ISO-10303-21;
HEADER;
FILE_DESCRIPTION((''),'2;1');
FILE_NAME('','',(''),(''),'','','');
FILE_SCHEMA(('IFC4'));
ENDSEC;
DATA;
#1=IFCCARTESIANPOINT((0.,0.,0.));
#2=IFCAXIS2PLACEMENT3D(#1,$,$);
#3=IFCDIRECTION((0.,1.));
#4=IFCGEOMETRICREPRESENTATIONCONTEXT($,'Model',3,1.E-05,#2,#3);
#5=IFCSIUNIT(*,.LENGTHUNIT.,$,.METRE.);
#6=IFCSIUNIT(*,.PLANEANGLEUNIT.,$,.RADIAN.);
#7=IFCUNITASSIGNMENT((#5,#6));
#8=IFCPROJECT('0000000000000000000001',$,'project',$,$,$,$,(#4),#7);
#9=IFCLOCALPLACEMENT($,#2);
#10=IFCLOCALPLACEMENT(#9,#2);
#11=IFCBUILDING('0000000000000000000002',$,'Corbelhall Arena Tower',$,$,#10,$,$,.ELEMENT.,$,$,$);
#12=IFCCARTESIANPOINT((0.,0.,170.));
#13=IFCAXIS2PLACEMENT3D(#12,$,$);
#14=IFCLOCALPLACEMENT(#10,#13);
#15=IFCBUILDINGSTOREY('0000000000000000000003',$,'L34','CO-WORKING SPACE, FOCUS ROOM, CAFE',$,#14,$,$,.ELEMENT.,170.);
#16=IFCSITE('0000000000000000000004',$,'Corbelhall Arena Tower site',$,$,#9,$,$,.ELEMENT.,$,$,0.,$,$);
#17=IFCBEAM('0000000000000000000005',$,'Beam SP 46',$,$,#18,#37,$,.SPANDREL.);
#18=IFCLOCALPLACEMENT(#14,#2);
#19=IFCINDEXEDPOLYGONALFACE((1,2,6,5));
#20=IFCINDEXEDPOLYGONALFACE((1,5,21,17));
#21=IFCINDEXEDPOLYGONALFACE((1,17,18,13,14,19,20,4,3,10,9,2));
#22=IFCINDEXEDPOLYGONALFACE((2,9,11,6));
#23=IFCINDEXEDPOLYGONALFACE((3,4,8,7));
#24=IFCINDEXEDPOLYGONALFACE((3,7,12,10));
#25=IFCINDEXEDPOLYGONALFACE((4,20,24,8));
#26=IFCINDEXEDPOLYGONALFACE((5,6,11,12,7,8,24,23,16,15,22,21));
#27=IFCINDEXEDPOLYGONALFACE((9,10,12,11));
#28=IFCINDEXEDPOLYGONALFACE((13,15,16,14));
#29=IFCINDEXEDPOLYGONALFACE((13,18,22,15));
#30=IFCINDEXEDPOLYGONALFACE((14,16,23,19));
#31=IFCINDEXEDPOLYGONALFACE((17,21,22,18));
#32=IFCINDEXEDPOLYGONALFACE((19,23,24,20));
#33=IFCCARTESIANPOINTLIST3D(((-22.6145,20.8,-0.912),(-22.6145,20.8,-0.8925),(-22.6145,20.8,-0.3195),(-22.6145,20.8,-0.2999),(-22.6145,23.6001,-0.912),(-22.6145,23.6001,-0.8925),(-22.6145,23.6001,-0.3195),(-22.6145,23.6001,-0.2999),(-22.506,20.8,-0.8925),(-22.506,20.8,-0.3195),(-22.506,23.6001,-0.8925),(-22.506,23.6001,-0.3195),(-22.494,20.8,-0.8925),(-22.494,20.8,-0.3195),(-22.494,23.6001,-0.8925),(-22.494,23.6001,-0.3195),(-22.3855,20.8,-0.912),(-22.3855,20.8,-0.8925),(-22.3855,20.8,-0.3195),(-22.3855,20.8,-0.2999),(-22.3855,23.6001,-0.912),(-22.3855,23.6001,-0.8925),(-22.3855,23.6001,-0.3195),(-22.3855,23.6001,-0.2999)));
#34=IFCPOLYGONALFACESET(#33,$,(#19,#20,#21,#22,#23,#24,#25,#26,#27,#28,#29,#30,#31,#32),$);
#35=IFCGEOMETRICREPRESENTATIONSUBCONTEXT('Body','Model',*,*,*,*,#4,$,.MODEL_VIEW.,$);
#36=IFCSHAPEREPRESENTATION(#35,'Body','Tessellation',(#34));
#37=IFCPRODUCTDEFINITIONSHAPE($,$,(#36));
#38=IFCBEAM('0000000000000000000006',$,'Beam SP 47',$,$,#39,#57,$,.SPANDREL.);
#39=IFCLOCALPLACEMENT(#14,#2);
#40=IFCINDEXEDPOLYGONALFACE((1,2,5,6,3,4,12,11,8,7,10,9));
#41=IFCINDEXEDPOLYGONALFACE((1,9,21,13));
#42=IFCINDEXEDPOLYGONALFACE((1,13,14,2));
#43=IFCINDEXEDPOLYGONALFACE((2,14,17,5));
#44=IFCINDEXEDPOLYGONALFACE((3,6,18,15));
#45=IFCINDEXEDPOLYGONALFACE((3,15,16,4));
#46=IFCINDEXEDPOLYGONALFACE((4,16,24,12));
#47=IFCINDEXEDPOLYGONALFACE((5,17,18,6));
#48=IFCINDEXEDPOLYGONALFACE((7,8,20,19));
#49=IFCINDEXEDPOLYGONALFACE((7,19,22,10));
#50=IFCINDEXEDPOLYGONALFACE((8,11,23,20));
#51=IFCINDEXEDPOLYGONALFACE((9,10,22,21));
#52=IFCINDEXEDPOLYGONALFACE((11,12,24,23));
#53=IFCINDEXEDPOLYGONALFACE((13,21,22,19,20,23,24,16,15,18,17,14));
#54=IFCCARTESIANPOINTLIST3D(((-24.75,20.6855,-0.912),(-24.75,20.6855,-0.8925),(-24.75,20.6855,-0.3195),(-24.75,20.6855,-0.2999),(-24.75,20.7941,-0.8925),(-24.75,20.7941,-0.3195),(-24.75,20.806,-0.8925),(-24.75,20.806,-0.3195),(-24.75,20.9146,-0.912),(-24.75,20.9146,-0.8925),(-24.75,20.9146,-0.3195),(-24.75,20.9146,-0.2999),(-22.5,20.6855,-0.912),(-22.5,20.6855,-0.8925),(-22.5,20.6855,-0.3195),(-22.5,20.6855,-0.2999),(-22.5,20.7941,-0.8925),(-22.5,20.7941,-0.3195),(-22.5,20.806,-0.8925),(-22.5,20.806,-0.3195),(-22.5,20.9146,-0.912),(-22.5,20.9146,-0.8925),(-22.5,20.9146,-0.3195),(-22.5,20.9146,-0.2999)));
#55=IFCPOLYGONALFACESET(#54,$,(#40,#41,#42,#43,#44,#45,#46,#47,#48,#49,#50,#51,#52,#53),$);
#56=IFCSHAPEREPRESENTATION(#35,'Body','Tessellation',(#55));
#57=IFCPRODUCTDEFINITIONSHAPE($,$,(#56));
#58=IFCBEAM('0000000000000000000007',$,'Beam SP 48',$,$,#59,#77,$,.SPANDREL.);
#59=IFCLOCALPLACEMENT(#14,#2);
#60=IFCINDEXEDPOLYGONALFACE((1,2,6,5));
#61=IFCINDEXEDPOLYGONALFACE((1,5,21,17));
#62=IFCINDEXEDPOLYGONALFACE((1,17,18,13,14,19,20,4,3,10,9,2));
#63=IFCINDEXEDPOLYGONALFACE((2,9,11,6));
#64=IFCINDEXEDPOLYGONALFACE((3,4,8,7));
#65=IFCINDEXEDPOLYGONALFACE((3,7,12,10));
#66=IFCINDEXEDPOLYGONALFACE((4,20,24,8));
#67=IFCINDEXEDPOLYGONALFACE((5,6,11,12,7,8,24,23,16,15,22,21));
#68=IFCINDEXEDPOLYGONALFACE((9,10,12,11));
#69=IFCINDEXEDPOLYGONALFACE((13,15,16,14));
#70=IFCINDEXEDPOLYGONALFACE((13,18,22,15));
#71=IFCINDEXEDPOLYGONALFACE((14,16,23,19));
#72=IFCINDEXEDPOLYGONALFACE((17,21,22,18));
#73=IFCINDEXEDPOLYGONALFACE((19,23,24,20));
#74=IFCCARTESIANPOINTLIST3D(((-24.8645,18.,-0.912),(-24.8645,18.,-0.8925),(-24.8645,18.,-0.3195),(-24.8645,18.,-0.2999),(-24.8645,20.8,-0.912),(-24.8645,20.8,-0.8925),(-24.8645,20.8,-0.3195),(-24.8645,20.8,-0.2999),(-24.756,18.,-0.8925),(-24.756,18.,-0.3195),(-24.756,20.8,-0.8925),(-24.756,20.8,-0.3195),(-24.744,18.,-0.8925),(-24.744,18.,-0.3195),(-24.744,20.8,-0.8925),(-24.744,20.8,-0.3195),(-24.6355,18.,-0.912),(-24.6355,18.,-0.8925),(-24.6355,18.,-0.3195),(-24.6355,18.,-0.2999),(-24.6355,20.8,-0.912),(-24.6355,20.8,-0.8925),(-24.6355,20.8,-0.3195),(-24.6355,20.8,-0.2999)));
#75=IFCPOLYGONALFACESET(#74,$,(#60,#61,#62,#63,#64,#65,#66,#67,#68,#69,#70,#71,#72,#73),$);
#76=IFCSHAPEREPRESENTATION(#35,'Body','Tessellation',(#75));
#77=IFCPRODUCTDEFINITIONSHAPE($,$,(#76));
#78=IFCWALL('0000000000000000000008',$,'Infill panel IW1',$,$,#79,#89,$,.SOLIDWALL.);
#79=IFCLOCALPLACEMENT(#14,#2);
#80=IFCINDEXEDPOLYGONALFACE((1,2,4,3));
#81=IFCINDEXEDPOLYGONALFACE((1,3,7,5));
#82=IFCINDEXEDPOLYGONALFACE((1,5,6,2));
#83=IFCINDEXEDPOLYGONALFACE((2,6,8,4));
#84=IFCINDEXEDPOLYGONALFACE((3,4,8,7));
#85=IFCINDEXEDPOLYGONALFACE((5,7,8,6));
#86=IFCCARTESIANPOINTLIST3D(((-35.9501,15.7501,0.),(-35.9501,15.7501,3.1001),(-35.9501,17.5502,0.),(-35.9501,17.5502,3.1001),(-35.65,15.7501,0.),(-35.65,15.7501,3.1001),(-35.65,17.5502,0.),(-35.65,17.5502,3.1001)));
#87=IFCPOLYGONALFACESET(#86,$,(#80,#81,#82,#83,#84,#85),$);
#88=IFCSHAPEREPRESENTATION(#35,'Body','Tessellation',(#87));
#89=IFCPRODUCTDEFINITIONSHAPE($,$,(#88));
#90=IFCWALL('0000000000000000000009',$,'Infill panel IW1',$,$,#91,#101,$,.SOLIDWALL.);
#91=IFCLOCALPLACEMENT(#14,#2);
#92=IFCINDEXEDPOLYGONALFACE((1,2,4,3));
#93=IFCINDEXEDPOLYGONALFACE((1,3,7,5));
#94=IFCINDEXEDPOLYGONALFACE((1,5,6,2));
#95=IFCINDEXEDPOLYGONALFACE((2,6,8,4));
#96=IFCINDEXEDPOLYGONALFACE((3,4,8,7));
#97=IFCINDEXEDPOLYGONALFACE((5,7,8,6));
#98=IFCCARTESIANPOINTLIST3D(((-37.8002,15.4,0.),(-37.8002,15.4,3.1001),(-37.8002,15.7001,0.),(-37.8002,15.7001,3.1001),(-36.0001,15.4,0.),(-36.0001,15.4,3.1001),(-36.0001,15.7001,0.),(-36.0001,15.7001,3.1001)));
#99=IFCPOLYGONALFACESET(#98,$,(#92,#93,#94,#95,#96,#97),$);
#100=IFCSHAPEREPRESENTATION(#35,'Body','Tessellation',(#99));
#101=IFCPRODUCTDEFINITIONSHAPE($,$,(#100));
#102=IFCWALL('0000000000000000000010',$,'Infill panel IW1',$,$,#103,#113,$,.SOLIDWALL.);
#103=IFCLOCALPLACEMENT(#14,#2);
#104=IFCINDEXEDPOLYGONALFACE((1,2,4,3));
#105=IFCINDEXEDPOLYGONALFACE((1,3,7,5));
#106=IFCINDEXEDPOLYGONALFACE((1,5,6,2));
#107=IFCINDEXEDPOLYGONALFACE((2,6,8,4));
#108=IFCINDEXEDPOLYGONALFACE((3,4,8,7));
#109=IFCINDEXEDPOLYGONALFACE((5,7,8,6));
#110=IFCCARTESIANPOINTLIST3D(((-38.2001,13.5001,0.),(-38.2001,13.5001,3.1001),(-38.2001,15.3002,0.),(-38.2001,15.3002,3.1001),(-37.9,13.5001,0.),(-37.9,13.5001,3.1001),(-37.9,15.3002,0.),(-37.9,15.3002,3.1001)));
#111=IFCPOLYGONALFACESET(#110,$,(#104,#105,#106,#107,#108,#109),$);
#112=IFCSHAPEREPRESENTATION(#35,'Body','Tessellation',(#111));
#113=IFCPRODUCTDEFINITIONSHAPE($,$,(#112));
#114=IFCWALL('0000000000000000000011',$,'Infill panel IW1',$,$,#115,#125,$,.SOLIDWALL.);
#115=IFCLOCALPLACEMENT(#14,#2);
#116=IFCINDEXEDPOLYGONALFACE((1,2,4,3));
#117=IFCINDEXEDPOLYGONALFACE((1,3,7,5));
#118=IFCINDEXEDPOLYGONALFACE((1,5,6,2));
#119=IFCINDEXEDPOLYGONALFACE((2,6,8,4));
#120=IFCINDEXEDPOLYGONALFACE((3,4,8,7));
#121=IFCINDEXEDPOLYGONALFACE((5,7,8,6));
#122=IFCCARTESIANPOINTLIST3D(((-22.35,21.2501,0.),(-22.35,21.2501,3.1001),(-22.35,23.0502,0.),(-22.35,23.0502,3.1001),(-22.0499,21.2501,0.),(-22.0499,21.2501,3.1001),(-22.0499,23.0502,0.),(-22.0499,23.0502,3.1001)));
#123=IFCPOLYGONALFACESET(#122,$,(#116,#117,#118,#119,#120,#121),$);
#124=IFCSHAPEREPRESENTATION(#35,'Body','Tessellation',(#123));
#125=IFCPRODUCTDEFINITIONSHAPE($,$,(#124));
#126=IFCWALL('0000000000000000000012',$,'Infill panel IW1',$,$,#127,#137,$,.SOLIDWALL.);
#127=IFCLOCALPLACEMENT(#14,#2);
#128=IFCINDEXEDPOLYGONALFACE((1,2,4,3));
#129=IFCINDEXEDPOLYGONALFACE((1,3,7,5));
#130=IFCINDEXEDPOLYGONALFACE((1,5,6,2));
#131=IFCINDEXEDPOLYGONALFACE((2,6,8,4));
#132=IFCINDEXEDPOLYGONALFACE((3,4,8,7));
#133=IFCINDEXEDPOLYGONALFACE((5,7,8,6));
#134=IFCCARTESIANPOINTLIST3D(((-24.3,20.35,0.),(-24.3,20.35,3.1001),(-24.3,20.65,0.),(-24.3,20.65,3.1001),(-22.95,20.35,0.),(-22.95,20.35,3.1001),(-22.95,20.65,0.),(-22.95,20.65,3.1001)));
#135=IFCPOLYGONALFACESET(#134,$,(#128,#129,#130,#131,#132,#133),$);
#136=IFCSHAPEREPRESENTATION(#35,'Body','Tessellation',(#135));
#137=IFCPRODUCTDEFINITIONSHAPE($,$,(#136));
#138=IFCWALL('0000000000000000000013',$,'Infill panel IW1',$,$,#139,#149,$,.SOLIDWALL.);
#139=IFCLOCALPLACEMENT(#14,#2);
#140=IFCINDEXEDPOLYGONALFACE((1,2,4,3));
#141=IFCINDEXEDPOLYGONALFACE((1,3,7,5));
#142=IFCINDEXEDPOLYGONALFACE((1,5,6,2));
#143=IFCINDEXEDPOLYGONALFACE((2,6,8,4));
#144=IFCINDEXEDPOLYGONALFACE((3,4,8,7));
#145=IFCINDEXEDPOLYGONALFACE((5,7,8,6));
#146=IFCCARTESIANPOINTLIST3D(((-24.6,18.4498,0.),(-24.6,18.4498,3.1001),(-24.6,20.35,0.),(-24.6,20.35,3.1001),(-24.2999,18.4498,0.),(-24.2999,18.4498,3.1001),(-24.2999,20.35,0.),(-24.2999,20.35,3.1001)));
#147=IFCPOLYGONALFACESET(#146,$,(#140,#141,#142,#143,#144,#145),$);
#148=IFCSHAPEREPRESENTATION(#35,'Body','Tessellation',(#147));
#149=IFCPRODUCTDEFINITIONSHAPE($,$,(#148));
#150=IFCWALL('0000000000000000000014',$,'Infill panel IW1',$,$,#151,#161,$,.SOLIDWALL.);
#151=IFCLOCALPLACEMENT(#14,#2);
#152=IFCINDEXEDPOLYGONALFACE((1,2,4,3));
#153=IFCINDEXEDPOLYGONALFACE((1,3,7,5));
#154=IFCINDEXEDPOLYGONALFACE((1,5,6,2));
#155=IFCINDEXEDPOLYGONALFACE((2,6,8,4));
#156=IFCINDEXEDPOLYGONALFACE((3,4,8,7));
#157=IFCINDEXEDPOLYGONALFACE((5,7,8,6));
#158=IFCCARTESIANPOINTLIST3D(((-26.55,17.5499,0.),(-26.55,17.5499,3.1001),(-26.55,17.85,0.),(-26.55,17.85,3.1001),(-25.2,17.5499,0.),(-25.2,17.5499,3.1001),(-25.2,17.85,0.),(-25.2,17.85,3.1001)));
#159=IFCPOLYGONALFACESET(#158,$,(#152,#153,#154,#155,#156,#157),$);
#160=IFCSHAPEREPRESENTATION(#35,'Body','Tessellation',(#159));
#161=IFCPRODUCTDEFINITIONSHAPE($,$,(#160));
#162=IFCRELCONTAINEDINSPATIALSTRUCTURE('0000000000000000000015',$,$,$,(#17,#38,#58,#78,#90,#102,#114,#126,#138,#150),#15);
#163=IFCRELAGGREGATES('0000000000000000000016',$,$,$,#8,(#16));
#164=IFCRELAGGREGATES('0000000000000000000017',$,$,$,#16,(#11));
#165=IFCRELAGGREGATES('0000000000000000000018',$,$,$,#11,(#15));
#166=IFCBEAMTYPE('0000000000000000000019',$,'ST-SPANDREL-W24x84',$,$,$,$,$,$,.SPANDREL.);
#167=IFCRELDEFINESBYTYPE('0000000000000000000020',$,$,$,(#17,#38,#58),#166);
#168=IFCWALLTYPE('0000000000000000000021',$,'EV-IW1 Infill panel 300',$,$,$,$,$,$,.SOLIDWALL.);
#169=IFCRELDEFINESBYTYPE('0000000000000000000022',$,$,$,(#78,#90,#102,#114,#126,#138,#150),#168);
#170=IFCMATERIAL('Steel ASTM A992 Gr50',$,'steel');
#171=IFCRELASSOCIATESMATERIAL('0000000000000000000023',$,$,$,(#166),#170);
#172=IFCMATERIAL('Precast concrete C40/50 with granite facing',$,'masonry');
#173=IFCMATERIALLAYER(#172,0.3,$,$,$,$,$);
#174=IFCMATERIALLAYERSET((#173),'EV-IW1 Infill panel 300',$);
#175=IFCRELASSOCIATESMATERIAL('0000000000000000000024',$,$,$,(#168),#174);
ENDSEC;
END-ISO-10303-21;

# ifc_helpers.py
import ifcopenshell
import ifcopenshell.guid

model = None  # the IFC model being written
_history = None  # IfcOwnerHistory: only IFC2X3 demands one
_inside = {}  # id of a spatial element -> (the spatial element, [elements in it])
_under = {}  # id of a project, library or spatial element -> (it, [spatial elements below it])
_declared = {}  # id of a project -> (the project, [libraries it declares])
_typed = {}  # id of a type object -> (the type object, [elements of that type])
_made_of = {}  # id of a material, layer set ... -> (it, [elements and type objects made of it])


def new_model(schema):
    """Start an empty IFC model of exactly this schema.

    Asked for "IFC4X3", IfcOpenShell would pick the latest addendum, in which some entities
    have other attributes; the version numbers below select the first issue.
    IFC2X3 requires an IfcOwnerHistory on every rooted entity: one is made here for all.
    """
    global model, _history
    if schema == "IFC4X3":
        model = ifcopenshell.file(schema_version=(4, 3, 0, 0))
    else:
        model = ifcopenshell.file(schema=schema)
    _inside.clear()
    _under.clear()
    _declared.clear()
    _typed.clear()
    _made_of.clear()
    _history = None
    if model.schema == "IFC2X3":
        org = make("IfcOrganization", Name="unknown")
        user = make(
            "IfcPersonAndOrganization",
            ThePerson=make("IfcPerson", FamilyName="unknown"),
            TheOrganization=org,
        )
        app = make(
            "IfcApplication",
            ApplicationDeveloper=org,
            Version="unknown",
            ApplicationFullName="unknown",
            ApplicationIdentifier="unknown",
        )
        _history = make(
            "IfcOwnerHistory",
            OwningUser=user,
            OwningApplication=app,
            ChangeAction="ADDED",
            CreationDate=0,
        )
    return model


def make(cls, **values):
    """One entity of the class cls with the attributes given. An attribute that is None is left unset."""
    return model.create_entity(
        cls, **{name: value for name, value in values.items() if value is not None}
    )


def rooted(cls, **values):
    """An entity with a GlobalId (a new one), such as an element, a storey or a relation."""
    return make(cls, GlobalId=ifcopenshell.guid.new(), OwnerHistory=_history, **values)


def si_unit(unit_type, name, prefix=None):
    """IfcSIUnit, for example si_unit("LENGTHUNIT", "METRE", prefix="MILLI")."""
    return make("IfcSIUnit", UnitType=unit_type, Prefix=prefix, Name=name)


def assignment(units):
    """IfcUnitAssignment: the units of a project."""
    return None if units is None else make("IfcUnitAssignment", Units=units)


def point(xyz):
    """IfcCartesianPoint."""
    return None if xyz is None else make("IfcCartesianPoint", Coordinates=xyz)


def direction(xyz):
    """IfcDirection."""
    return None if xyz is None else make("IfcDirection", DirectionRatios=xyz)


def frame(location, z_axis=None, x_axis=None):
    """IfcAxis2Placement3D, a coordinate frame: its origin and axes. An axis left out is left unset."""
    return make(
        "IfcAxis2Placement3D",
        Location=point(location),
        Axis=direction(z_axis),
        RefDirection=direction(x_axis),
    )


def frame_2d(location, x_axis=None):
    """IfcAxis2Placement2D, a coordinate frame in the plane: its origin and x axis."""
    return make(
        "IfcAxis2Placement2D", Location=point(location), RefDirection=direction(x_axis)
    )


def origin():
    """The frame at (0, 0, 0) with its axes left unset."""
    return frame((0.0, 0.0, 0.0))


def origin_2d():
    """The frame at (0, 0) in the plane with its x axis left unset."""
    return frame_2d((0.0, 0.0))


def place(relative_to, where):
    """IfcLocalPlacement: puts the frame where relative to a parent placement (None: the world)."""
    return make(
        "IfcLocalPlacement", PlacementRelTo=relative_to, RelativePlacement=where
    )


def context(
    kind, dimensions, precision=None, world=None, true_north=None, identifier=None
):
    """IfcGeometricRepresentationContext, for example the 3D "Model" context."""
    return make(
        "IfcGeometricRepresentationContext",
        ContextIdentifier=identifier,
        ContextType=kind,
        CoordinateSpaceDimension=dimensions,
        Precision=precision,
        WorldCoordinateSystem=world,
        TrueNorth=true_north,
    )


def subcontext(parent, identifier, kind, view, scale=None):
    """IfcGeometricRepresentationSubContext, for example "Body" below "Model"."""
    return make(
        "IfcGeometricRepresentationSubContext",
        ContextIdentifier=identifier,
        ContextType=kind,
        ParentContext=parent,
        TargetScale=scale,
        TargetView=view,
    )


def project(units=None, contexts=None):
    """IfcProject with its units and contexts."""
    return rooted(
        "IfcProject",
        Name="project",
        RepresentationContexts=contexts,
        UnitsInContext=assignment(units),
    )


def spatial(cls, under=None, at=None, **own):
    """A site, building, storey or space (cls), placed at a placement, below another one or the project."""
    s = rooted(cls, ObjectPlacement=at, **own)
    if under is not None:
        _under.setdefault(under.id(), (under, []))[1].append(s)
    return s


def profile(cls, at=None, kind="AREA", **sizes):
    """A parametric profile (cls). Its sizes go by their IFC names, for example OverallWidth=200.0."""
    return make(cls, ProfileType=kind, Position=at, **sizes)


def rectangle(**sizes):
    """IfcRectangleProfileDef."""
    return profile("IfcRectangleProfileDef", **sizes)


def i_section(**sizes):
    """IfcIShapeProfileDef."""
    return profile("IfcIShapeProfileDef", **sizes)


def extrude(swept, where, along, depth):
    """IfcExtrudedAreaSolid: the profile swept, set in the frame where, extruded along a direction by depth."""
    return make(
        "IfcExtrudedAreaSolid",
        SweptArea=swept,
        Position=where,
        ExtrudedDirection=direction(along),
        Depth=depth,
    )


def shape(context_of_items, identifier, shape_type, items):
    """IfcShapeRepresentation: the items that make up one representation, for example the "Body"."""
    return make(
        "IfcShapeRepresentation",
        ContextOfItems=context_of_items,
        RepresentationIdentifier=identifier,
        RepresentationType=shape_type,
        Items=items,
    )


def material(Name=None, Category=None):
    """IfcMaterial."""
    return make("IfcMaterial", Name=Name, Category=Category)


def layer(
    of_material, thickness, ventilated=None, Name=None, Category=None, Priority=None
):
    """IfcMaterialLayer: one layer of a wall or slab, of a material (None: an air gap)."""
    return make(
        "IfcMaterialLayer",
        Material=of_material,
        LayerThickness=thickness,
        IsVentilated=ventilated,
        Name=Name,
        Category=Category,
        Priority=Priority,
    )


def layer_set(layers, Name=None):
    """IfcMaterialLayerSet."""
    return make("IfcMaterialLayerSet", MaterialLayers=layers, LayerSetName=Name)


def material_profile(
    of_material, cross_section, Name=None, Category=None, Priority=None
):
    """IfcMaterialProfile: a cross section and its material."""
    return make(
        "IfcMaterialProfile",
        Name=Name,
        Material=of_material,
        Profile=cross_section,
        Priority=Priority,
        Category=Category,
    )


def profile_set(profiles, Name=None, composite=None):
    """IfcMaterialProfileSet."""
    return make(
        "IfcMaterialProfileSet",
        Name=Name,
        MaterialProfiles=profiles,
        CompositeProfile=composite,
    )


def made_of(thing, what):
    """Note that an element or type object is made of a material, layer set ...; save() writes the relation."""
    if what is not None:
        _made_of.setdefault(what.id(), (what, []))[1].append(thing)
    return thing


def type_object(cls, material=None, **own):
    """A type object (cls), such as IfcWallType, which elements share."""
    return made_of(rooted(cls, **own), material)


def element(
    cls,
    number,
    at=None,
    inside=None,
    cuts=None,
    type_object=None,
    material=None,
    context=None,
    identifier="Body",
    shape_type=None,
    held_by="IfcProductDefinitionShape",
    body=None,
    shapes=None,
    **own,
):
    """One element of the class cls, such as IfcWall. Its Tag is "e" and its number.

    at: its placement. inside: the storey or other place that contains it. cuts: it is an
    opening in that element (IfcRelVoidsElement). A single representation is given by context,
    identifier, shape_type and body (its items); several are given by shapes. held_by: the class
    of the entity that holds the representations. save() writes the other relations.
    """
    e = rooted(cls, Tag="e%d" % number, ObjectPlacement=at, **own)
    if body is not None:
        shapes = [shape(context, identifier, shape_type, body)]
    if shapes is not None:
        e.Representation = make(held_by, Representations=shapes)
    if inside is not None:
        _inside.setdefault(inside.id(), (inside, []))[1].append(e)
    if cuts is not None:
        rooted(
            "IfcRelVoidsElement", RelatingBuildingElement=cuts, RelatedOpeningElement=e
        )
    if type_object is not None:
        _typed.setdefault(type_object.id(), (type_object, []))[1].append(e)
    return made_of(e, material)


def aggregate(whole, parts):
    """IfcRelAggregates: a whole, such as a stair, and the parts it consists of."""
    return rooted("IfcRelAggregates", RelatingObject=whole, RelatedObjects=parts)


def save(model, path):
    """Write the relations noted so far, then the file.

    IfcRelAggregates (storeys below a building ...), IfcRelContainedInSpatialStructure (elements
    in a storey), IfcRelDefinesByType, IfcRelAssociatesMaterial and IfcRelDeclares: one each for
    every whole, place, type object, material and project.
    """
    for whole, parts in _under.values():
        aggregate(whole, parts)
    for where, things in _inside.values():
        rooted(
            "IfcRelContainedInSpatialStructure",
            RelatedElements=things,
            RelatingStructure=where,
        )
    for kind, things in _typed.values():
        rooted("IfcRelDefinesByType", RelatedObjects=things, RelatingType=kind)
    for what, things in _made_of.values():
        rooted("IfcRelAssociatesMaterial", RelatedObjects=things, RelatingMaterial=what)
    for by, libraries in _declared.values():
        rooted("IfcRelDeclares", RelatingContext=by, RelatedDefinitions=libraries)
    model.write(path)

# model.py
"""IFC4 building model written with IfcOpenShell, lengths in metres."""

from ifc_helpers import new_model, si_unit, direction, frame, frame_2d, origin, origin_2d, place, context, subcontext, project, spatial, rectangle, i_section, extrude, material, layer, layer_set, material_profile, profile_set, type_object, element, save


model = new_model("IFC4")

# Units and contexts
model_context = context("Model", 3, precision=1e-05, world=origin(), true_north=direction((0.0, 1.0)))
body_context = subcontext(model_context, "Body", "Model", "MODEL_VIEW")
ifc_project = project(units=[si_unit("LENGTHUNIT", "METRE"), si_unit("PLANEANGLEUNIT", "RADIAN")], contexts=[model_context])

# Site, building, storey
site_placement = place(None, origin())
site = spatial("IfcSite", under=ifc_project, at=site_placement, Name="Corbelhall Arena Tower site", CompositionType="ELEMENT", RefElevation=0.0)
building_placement = place(site_placement, origin())
building = spatial("IfcBuilding", under=site, at=building_placement, Name="Corbelhall Arena Tower", CompositionType="ELEMENT")
storey_placement = place(building_placement, frame((0.0, 0.0, 170.0)))
storey = spatial("IfcBuildingStorey", under=building, at=storey_placement, Name="L34", Description="CO-WORKING SPACE, FOCUS ROOM, CAFE", CompositionType="ELEMENT", Elevation=170.0)

# Beams
ifc_material_1 = material(Name="Steel ASTM A992 Gr50", Category="steel")
ifc_material_profile_1 = material_profile(ifc_material_1, i_section(OverallWidth=0.229, OverallDepth=0.6121, WebThickness=0.012, FlangeThickness=0.0195, at=origin_2d()))
ifc_profile_set_1 = profile_set([ifc_material_profile_1], Name="Steel ASTM A992 Gr50")
beam_type = type_object("IfcBeamType", Name="ST-SPANDREL-W24x84", PredefinedType="SPANDREL", material=ifc_profile_set_1)
beam_1_placement = place(storey_placement, frame((-22.5, 20.8, -0.606), z_axis=(0.0, 1.0, 0.0), x_axis=(-1.0, 0.0, 0.0)))
element("IfcBeam", 1, at=beam_1_placement, inside=storey, type_object=beam_type, Name="Beam SP 46", PredefinedType="SPANDREL", context=body_context, shape_type="SweptSolid", body=[
    extrude(i_section(OverallWidth=0.229, OverallDepth=0.6121, WebThickness=0.012, FlangeThickness=0.0195, at=origin_2d()), origin(), (0.0, 0.0, 1.0), 2.8),
])
beam_2_placement = place(storey_placement, frame((-24.75, 20.8, -0.606), z_axis=(1.0, 0.0, 0.0), x_axis=(0.0, 1.0, 0.0)))
element("IfcBeam", 2, at=beam_2_placement, inside=storey, type_object=beam_type, Name="Beam SP 47", PredefinedType="SPANDREL", context=body_context, shape_type="SweptSolid", body=[
    extrude(i_section(OverallWidth=0.229, OverallDepth=0.6121, WebThickness=0.012, FlangeThickness=0.0195, at=origin_2d()), origin(), (0.0, 0.0, 1.0), 2.25),
])
beam_3_placement = place(storey_placement, frame((-24.75, 18.0, -0.606), z_axis=(0.0, 1.0, 0.0), x_axis=(-1.0, 0.0, 0.0)))
element("IfcBeam", 3, at=beam_3_placement, inside=storey, type_object=beam_type, Name="Beam SP 48", PredefinedType="SPANDREL", context=body_context, shape_type="SweptSolid", body=[
    extrude(i_section(OverallWidth=0.229, OverallDepth=0.6121, WebThickness=0.012, FlangeThickness=0.0195, at=origin_2d()), origin(), (0.0, 0.0, 1.0), 2.8),
])

# Walls
ifc_material_2 = material(Name="Precast concrete C40/50 with granite facing", Category="masonry")
ifc_layer_1 = layer(ifc_material_2, 0.3)
ifc_layer_set_1 = layer_set([ifc_layer_1], Name="EV-IW1 Infill panel 300")
wall_type_1 = type_object("IfcWallType", Name="EV-IW1 Infill panel 300", PredefinedType="SOLIDWALL", material=ifc_layer_set_1)
for number, where, z_axis, x_axis, name in (
    (4, (-35.8, 17.55, 0.0), (0.0, 0.0, 1.0), (0.0, -1.0, 0.0), "Infill panel IW1"),
    (5, (-37.8, 15.55, 0.0), (0.0, 0.0, 1.0), (1.0, 0.0, 0.0), "Infill panel IW1"),
    (6, (-38.05, 15.3, 0.0), (0.0, 0.0, 1.0), (0.0, -1.0, 0.0), "Infill panel IW1"),
    (7, (-22.2, 23.05, 0.0), (0.0, 0.0, 1.0), (0.0, -1.0, 0.0), "Infill panel IW1"),
):
    element("IfcWall", number, at=place(storey_placement, frame(where, z_axis=z_axis, x_axis=x_axis)), inside=storey, type_object=wall_type_1, Name=name, PredefinedType="SOLIDWALL", context=body_context, shape_type="SweptSolid", body=[
        extrude(rectangle(XDim=1.8, YDim=0.3, at=frame_2d((0.8999, 0.0))), origin(), (0.0, 0.0, 1.0), 3.1001),
    ])
wall_1_placement = place(storey_placement, frame((-22.95, 20.5, 0.0), z_axis=(0.0, 0.0, 1.0), x_axis=(-1.0, 0.0, 0.0)))
element("IfcWall", 8, at=wall_1_placement, inside=storey, type_object=wall_type_1, Name="Infill panel IW1", PredefinedType="SOLIDWALL", context=body_context, shape_type="SweptSolid", body=[
    extrude(rectangle(XDim=1.3501, YDim=0.3, at=frame_2d((0.675, 0.0))), origin(), (0.0, 0.0, 1.0), 3.1001),
])
wall_2_placement = place(storey_placement, frame((-24.45, 20.3501, 0.0), z_axis=(0.0, 0.0, 1.0), x_axis=(0.0, -1.0, 0.0)))
element("IfcWall", 9, at=wall_2_placement, inside=storey, type_object=wall_type_1, Name="Infill panel IW1", PredefinedType="SOLIDWALL", context=body_context, shape_type="SweptSolid", body=[
    extrude(rectangle(XDim=1.9001, YDim=0.3, at=frame_2d((0.9502, 0.0))), origin(), (0.0, 0.0, 1.0), 3.1001),
])
wall_3_placement = place(storey_placement, frame((-25.2, 17.7, 0.0), z_axis=(0.0, 0.0, 1.0), x_axis=(-1.0, 0.0, 0.0)))
element("IfcWall", 10, at=wall_3_placement, inside=storey, type_object=wall_type_1, Name="Infill panel IW1", PredefinedType="SOLIDWALL", context=body_context, shape_type="SweptSolid", body=[
    extrude(rectangle(XDim=1.3501, YDim=0.3, at=frame_2d((0.675, 0.0))), origin(), (0.0, 0.0, 1.0), 3.1001),
])

save(model, "model.ifc")
